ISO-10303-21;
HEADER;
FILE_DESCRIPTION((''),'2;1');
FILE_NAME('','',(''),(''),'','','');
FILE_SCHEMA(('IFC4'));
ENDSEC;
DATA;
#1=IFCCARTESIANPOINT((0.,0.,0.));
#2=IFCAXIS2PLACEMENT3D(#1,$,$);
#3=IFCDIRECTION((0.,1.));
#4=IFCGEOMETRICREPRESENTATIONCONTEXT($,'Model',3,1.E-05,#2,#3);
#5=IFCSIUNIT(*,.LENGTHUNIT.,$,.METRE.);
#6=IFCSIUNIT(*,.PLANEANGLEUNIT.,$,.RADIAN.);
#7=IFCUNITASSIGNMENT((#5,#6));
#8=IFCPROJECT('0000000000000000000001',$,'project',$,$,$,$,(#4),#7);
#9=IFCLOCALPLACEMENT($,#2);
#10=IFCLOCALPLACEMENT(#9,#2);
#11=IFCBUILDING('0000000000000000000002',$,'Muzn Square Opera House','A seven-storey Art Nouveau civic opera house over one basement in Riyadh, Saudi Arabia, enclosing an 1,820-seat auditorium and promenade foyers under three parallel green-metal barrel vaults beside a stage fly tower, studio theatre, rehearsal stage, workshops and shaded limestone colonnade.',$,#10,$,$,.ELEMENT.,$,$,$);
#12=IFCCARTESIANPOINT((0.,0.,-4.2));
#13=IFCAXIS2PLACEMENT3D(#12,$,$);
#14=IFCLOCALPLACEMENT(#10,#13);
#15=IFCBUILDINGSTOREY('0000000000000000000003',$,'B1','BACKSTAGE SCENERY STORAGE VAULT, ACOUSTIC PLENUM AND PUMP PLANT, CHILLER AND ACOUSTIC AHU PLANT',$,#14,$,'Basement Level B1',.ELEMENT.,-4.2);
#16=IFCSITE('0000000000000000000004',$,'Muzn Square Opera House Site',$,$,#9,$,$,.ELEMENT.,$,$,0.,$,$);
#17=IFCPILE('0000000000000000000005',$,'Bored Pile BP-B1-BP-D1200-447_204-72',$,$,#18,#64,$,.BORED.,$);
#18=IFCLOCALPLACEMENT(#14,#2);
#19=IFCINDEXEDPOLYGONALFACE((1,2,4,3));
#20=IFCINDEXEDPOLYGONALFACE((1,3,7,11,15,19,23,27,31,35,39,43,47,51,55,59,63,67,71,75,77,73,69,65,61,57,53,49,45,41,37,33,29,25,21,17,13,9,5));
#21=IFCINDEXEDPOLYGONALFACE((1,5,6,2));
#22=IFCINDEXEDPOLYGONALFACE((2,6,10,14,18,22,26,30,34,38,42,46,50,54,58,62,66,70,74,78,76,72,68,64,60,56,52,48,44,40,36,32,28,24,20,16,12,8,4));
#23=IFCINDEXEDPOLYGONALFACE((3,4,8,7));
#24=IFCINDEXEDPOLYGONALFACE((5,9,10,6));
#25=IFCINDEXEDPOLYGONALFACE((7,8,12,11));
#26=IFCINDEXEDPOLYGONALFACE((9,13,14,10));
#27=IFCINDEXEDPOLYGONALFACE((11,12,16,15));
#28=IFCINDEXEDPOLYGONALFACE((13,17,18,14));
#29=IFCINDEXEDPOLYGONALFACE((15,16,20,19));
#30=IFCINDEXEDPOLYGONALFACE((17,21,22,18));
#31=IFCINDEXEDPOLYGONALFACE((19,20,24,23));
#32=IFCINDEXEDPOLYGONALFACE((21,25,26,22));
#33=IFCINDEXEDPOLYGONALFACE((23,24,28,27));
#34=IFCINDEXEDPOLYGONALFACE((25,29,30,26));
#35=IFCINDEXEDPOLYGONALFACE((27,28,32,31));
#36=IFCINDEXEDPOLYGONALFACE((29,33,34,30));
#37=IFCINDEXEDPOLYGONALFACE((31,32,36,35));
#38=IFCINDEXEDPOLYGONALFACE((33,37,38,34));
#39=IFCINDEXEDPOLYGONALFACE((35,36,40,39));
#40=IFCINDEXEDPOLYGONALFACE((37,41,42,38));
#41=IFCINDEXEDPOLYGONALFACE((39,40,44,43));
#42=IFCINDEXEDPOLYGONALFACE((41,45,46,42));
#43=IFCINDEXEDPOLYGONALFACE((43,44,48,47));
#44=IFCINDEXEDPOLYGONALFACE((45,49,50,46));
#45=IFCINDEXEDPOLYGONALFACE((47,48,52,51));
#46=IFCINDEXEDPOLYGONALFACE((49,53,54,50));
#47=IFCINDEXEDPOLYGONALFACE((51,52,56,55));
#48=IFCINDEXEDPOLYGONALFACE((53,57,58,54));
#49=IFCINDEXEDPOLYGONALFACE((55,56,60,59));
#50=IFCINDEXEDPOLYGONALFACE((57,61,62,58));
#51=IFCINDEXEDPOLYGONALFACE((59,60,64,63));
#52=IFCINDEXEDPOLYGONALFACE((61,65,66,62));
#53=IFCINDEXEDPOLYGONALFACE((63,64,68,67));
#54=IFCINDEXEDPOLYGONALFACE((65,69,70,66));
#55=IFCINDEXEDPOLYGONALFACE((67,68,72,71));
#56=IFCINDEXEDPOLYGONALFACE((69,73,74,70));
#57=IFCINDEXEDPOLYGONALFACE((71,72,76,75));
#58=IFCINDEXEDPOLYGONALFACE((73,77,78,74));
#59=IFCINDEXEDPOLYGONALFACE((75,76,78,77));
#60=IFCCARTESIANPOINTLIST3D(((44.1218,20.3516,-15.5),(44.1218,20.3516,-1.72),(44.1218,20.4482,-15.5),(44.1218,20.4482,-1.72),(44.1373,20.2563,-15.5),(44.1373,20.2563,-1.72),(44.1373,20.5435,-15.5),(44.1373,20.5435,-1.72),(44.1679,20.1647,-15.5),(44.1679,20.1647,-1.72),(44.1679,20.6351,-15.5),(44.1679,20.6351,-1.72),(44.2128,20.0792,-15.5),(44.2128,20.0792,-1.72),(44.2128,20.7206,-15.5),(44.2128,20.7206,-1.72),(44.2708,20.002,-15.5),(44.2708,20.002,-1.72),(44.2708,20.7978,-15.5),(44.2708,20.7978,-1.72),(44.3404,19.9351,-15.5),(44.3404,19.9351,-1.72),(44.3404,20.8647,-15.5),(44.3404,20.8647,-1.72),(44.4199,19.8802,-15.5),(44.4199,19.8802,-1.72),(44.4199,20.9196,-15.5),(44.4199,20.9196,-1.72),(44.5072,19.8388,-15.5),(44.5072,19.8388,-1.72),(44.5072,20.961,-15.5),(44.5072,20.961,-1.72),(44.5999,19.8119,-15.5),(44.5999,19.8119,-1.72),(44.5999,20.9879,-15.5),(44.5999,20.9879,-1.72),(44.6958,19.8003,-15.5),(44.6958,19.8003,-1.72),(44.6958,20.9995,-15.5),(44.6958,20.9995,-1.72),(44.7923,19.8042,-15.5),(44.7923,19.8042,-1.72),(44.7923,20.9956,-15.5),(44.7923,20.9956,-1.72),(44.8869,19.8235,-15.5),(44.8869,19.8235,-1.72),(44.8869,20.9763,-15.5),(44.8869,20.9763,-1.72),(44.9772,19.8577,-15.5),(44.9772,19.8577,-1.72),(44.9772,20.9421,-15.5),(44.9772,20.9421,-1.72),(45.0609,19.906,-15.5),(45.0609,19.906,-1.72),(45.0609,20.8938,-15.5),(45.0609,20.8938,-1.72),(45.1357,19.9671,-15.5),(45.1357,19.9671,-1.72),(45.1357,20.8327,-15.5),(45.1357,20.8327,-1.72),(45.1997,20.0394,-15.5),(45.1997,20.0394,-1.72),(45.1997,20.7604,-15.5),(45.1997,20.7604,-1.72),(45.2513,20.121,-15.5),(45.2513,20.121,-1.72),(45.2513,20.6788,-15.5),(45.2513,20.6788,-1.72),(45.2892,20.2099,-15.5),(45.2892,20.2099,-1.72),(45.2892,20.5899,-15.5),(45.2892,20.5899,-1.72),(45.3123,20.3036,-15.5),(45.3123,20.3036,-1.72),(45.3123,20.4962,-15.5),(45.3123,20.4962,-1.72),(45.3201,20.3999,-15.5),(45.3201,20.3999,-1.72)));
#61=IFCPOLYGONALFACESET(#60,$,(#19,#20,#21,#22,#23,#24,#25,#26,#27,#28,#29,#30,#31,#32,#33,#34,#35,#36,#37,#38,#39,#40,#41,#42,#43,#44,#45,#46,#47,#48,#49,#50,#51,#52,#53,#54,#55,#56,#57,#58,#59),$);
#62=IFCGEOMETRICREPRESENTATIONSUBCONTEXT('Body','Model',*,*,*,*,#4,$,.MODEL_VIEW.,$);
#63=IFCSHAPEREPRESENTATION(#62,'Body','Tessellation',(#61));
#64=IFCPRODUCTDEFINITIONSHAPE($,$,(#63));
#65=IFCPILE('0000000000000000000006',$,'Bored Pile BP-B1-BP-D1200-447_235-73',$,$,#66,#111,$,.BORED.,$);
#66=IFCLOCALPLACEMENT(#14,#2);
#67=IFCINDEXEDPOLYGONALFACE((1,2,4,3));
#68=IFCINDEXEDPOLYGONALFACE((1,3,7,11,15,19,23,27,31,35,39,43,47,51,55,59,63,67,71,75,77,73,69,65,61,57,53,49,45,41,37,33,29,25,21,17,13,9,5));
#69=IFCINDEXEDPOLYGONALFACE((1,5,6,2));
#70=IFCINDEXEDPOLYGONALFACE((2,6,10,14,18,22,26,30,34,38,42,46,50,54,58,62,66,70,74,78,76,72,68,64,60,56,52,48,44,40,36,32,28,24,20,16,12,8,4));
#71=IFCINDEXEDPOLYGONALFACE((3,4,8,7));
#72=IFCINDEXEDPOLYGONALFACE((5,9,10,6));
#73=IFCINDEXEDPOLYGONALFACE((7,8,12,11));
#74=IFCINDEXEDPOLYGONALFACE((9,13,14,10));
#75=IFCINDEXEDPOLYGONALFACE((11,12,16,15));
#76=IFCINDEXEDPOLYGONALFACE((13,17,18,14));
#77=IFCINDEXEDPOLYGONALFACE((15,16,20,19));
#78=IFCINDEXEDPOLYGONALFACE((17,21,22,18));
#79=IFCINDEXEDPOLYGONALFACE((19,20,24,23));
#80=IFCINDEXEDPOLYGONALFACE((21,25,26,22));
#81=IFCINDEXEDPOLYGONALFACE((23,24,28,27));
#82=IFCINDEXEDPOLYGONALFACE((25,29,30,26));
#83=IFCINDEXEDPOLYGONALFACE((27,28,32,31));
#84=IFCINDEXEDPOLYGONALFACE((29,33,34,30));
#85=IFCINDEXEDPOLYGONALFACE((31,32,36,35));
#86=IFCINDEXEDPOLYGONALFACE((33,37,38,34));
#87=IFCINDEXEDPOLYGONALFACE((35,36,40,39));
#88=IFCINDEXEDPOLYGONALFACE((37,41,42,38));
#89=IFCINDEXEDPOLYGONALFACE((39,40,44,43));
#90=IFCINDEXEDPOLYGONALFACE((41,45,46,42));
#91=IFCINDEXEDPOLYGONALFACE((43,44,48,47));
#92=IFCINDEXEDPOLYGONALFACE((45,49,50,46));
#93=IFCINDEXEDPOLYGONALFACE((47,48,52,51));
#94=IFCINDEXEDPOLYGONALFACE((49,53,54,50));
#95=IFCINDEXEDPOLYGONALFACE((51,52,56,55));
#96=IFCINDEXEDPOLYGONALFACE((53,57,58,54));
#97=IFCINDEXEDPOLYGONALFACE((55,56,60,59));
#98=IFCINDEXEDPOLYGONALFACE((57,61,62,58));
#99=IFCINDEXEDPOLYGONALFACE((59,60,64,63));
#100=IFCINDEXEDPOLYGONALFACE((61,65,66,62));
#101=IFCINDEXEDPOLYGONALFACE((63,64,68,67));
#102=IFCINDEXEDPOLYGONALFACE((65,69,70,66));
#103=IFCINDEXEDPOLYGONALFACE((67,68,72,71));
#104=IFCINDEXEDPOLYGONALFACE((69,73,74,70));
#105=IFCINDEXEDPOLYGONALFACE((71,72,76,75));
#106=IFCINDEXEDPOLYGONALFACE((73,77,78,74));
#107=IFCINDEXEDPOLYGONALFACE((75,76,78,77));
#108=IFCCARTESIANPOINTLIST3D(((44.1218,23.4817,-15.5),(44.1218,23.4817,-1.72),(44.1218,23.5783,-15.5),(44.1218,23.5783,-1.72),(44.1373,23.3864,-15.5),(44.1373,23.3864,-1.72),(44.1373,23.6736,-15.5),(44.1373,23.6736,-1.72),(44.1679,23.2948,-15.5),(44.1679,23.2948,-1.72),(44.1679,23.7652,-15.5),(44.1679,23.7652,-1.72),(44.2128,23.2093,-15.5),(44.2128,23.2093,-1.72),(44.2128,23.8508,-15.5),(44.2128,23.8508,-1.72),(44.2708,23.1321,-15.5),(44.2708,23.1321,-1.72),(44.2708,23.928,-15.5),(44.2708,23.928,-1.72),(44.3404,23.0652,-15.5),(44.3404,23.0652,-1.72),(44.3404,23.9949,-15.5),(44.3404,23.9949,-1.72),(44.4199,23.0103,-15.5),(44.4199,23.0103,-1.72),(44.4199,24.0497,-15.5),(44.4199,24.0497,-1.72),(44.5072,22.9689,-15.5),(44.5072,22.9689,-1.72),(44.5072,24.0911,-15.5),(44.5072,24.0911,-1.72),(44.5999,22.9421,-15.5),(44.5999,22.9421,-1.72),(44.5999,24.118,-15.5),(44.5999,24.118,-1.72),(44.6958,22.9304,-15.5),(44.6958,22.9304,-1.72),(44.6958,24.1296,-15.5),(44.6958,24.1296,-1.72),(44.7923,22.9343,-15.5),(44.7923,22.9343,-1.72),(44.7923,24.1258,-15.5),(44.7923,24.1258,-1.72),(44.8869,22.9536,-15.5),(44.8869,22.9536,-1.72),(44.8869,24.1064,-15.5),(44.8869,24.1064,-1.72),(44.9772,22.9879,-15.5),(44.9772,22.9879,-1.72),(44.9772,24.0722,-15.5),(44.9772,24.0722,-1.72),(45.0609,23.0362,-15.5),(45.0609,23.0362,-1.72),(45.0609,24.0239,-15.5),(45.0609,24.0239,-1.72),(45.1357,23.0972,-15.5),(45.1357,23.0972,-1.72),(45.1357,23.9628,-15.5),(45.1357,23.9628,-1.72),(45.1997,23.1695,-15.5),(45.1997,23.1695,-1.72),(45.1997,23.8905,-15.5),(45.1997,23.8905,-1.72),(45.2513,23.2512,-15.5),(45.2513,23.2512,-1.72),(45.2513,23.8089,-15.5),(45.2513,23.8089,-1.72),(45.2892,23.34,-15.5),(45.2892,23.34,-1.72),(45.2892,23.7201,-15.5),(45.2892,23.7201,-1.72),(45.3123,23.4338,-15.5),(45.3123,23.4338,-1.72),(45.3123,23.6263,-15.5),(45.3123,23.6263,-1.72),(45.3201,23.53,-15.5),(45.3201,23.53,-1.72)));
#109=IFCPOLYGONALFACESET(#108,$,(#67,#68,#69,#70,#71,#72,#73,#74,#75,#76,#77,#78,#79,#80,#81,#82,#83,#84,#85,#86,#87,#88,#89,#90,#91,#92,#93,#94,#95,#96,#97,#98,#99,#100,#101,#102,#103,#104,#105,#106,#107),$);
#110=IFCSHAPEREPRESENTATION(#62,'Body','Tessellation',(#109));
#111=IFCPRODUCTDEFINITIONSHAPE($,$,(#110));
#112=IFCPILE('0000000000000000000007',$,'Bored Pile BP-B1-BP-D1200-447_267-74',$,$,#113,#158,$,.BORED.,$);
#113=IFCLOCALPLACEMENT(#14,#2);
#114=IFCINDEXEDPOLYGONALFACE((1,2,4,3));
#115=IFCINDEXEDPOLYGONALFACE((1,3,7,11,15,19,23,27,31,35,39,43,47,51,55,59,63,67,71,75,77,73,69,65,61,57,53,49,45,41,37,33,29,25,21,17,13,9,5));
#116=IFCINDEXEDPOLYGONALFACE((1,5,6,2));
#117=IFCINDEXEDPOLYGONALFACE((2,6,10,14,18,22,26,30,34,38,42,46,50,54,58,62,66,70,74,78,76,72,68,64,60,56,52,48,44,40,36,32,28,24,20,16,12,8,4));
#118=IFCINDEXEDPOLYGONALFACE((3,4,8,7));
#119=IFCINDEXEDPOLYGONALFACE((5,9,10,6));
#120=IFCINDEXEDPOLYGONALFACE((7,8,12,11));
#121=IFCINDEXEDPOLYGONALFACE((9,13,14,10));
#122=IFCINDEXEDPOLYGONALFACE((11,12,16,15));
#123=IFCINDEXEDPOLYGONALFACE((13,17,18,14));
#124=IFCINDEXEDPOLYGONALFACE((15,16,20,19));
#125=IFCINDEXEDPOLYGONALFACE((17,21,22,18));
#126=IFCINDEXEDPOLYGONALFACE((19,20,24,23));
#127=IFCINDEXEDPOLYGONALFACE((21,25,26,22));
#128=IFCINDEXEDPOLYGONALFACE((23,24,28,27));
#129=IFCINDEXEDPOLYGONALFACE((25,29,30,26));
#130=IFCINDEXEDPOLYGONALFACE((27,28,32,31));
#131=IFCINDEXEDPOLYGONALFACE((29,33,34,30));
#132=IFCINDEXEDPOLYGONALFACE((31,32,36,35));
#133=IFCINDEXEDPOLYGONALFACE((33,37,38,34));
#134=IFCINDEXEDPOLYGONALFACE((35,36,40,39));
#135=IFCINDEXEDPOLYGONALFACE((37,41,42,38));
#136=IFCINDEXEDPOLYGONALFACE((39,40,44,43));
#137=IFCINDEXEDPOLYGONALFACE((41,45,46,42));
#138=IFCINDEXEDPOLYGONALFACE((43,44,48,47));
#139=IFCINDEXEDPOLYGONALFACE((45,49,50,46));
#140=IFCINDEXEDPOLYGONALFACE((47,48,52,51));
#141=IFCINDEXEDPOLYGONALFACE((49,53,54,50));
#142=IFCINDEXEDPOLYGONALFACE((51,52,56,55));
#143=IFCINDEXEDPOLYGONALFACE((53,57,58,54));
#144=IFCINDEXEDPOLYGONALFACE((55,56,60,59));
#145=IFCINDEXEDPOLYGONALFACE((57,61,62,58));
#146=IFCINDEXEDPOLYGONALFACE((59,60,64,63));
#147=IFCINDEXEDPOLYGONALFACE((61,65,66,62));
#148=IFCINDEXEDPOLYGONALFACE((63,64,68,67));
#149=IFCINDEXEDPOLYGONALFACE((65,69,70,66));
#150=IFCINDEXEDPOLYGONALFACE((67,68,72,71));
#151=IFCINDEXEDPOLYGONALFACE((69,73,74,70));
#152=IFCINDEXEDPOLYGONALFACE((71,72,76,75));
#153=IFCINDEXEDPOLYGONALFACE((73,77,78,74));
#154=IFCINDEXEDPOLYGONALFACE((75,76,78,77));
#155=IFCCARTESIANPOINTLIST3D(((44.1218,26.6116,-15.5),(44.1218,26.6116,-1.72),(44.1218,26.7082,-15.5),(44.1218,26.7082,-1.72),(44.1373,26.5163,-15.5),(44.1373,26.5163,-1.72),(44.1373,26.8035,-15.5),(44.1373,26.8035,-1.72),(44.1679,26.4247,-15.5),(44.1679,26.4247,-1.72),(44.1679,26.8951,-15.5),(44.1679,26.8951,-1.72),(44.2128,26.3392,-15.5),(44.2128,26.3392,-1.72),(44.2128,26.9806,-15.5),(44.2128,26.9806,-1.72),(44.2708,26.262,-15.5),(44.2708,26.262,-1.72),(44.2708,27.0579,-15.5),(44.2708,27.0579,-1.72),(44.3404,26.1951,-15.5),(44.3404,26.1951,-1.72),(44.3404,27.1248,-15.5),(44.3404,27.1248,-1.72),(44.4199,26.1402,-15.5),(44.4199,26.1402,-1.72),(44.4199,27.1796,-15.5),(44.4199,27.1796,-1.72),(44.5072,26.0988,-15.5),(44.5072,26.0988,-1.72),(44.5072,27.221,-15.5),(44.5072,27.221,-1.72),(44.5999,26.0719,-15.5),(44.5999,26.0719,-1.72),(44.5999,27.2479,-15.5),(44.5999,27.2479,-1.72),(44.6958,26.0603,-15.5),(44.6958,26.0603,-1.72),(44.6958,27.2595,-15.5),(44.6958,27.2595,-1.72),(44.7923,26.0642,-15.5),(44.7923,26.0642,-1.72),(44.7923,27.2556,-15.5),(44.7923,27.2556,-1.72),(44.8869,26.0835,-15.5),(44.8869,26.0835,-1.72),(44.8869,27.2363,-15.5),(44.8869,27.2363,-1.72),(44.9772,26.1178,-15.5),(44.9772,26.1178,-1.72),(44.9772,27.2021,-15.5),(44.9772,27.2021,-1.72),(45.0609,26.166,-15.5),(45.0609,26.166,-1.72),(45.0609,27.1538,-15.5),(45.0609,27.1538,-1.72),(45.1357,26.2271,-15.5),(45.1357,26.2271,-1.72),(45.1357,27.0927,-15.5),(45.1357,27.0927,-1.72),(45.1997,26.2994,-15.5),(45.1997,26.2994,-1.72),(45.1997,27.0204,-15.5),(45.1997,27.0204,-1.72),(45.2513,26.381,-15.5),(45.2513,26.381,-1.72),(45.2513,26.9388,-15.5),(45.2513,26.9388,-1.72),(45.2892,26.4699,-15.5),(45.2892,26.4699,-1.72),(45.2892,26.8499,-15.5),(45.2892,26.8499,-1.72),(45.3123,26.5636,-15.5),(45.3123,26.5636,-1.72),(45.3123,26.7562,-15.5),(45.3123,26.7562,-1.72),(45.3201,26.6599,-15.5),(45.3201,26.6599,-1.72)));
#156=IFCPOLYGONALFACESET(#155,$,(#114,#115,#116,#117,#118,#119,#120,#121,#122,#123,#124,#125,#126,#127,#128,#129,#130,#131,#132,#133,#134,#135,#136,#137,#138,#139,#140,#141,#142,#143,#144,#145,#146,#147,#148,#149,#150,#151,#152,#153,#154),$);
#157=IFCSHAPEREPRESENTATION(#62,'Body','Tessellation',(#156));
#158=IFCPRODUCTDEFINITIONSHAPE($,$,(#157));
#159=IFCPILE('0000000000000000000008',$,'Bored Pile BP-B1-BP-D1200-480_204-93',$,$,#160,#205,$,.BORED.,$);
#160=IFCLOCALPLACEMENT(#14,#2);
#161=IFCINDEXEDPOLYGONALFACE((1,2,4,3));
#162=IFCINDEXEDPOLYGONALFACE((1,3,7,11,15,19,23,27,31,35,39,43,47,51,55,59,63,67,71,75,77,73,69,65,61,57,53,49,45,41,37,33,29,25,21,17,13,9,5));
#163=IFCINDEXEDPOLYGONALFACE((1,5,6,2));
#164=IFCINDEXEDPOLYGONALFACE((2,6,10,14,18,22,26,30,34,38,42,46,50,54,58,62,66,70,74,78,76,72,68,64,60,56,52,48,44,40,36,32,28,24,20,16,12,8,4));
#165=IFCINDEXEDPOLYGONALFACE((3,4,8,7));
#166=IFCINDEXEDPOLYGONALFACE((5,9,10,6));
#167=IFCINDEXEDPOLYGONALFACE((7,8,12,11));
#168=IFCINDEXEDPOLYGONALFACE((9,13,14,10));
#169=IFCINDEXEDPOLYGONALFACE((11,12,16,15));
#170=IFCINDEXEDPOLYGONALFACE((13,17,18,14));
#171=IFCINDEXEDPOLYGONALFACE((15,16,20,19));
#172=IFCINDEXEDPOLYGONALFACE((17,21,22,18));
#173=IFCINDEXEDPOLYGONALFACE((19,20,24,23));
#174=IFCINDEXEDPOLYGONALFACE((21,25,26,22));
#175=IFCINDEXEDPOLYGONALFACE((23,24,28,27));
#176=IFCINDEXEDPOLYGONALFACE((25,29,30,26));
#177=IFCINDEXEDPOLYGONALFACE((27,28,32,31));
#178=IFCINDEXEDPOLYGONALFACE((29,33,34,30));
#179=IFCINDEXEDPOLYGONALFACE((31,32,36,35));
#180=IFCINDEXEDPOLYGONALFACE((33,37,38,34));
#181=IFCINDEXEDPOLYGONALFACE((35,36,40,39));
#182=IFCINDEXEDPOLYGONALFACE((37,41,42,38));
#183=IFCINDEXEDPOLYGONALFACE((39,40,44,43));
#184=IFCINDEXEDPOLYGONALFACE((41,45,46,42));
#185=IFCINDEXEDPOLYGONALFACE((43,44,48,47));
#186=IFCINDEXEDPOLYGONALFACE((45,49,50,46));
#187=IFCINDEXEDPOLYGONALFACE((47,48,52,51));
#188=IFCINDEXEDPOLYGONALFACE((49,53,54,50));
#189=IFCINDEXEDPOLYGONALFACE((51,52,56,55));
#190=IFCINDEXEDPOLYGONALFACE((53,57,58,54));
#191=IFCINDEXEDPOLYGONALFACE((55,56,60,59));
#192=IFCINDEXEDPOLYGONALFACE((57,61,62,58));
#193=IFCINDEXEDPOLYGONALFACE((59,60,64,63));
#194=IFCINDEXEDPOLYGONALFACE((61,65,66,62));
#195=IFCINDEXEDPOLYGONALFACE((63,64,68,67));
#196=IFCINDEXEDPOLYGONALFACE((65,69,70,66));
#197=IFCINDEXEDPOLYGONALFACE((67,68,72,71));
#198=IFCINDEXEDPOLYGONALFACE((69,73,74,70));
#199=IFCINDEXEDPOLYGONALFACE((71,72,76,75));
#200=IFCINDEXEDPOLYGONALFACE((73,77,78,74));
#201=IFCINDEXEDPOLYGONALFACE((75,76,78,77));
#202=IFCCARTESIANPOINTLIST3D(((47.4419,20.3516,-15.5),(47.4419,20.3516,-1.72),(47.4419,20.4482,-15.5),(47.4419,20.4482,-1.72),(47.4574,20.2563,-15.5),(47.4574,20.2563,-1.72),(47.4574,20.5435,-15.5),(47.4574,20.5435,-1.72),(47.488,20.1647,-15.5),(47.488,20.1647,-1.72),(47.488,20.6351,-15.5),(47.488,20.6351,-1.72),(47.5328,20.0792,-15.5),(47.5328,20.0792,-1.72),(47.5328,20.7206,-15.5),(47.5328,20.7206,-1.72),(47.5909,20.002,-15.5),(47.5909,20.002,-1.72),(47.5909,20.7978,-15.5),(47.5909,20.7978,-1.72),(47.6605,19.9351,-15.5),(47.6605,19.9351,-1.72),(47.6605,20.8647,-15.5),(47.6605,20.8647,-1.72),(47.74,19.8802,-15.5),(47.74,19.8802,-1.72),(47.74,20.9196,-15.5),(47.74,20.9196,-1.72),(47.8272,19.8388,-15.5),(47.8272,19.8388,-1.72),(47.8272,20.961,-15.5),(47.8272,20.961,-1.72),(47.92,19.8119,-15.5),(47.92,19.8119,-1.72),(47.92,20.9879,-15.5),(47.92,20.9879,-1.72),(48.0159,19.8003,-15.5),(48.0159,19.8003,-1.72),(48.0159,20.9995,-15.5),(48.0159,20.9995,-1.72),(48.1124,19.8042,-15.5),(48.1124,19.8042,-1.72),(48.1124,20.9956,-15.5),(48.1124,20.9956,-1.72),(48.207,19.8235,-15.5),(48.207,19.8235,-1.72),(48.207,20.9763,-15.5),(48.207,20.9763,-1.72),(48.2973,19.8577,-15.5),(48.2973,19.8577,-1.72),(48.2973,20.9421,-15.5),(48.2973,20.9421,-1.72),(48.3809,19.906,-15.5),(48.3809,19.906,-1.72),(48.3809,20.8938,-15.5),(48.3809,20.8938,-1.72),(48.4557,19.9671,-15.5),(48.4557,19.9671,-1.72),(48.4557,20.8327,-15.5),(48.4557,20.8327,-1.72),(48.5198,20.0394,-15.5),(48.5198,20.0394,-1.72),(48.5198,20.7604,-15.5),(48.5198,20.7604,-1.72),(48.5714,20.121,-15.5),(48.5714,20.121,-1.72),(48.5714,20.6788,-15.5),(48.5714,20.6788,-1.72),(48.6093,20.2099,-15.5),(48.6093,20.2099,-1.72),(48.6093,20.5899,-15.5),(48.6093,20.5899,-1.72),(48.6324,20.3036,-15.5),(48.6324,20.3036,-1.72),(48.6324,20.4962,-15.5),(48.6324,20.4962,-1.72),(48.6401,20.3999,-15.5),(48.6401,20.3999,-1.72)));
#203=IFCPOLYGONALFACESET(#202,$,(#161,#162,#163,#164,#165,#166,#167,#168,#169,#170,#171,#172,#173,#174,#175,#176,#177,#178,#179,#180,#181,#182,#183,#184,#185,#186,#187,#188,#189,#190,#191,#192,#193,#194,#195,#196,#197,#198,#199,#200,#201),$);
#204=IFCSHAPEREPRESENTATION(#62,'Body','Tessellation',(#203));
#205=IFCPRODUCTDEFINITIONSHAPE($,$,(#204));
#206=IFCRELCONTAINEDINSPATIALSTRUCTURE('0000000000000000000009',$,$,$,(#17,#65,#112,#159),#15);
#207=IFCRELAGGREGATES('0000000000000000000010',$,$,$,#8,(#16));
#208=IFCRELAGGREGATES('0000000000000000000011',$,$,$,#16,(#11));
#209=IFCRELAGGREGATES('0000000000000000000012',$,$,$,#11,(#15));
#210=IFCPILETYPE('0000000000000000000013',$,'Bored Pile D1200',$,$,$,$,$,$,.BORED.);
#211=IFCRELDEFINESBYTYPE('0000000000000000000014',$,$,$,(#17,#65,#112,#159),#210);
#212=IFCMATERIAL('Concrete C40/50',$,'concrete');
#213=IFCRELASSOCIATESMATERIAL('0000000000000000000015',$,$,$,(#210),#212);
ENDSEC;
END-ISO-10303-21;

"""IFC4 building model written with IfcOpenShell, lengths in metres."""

from ifc_helpers import new_model, si_unit, direction, frame, origin, origin_2d, place, context, subcontext, project, spatial, circle, extrude, material, material_profile, profile_set, type_object, element, save


model = new_model("IFC4")

# Units and contexts
model_context = context("Model", 3, precision=1e-05, world=origin(), true_north=direction((0.0, 1.0)))
body_context = subcontext(model_context, "Body", "Model", "MODEL_VIEW")
ifc_project = project(units=[si_unit("LENGTHUNIT", "METRE"), si_unit("PLANEANGLEUNIT", "RADIAN")], contexts=[model_context])

# Site, building, storey
site_placement = place(None, origin())
site = spatial("IfcSite", under=ifc_project, at=site_placement, Name="Muzn Square Opera House Site", CompositionType="ELEMENT", RefElevation=0.0)
building_placement = place(site_placement, origin())
building = spatial("IfcBuilding", under=site, at=building_placement, Name="Muzn Square Opera House", Description="A seven-storey Art Nouveau civic opera house over one basement in Riyadh, Saudi Arabia, enclosing an 1,820-seat auditorium and promenade foyers under three parallel green-metal barrel vaults beside a stage fly tower, studio theatre, rehearsal stage, workshops and shaded limestone colonnade.", CompositionType="ELEMENT")
storey_placement = place(building_placement, frame((0.0, 0.0, -4.2)))
storey = spatial("IfcBuildingStorey", under=building, at=storey_placement, Name="B1", Description="BACKSTAGE SCENERY STORAGE VAULT, ACOUSTIC PLENUM AND PUMP PLANT, CHILLER AND ACOUSTIC AHU PLANT", LongName="Basement Level B1", CompositionType="ELEMENT", Elevation=-4.2)

# Piles
ifc_material_1 = material(Name="Concrete C40/50", Category="concrete")
ifc_material_profile_1 = material_profile(ifc_material_1, circle(Radius=0.6001, at=origin_2d()), Name="BORED PILE D1200", Category="concrete")
ifc_profile_set_1 = profile_set([ifc_material_profile_1], Name="Concrete C40/50")
pile_type = type_object("IfcPileType", Name="Bored Pile D1200", PredefinedType="BORED", material=ifc_profile_set_1)
for number, where, z_axis, x_axis, name in (
    (1, (44.72, 20.3999, -1.72), (0.0, 0.0, -1.0), (1.0, 0.0, 0.0), "Bored Pile BP-B1-BP-D1200-447_204-72"),
    (2, (44.72, 23.53, -1.72), (0.0, 0.0, -1.0), (1.0, 0.0, 0.0), "Bored Pile BP-B1-BP-D1200-447_235-73"),
    (3, (44.72, 26.6599, -1.72), (0.0, 0.0, -1.0), (1.0, 0.0, 0.0), "Bored Pile BP-B1-BP-D1200-447_267-74"),
    (4, (48.04, 20.3999, -1.72), (0.0, 0.0, -1.0), (1.0, 0.0, 0.0), "Bored Pile BP-B1-BP-D1200-480_204-93"),
):
    element("IfcPile", number, at=place(storey_placement, frame(where, z_axis=z_axis, x_axis=x_axis)), inside=storey, type_object=pile_type, Name=name, PredefinedType="BORED", context=body_context, shape_type="SweptSolid", body=[
        extrude(circle(Radius=0.6001, at=origin_2d()), origin(), (0.0, 0.0, 1.0), 13.78),
    ])

save(model, "model.ifc")
